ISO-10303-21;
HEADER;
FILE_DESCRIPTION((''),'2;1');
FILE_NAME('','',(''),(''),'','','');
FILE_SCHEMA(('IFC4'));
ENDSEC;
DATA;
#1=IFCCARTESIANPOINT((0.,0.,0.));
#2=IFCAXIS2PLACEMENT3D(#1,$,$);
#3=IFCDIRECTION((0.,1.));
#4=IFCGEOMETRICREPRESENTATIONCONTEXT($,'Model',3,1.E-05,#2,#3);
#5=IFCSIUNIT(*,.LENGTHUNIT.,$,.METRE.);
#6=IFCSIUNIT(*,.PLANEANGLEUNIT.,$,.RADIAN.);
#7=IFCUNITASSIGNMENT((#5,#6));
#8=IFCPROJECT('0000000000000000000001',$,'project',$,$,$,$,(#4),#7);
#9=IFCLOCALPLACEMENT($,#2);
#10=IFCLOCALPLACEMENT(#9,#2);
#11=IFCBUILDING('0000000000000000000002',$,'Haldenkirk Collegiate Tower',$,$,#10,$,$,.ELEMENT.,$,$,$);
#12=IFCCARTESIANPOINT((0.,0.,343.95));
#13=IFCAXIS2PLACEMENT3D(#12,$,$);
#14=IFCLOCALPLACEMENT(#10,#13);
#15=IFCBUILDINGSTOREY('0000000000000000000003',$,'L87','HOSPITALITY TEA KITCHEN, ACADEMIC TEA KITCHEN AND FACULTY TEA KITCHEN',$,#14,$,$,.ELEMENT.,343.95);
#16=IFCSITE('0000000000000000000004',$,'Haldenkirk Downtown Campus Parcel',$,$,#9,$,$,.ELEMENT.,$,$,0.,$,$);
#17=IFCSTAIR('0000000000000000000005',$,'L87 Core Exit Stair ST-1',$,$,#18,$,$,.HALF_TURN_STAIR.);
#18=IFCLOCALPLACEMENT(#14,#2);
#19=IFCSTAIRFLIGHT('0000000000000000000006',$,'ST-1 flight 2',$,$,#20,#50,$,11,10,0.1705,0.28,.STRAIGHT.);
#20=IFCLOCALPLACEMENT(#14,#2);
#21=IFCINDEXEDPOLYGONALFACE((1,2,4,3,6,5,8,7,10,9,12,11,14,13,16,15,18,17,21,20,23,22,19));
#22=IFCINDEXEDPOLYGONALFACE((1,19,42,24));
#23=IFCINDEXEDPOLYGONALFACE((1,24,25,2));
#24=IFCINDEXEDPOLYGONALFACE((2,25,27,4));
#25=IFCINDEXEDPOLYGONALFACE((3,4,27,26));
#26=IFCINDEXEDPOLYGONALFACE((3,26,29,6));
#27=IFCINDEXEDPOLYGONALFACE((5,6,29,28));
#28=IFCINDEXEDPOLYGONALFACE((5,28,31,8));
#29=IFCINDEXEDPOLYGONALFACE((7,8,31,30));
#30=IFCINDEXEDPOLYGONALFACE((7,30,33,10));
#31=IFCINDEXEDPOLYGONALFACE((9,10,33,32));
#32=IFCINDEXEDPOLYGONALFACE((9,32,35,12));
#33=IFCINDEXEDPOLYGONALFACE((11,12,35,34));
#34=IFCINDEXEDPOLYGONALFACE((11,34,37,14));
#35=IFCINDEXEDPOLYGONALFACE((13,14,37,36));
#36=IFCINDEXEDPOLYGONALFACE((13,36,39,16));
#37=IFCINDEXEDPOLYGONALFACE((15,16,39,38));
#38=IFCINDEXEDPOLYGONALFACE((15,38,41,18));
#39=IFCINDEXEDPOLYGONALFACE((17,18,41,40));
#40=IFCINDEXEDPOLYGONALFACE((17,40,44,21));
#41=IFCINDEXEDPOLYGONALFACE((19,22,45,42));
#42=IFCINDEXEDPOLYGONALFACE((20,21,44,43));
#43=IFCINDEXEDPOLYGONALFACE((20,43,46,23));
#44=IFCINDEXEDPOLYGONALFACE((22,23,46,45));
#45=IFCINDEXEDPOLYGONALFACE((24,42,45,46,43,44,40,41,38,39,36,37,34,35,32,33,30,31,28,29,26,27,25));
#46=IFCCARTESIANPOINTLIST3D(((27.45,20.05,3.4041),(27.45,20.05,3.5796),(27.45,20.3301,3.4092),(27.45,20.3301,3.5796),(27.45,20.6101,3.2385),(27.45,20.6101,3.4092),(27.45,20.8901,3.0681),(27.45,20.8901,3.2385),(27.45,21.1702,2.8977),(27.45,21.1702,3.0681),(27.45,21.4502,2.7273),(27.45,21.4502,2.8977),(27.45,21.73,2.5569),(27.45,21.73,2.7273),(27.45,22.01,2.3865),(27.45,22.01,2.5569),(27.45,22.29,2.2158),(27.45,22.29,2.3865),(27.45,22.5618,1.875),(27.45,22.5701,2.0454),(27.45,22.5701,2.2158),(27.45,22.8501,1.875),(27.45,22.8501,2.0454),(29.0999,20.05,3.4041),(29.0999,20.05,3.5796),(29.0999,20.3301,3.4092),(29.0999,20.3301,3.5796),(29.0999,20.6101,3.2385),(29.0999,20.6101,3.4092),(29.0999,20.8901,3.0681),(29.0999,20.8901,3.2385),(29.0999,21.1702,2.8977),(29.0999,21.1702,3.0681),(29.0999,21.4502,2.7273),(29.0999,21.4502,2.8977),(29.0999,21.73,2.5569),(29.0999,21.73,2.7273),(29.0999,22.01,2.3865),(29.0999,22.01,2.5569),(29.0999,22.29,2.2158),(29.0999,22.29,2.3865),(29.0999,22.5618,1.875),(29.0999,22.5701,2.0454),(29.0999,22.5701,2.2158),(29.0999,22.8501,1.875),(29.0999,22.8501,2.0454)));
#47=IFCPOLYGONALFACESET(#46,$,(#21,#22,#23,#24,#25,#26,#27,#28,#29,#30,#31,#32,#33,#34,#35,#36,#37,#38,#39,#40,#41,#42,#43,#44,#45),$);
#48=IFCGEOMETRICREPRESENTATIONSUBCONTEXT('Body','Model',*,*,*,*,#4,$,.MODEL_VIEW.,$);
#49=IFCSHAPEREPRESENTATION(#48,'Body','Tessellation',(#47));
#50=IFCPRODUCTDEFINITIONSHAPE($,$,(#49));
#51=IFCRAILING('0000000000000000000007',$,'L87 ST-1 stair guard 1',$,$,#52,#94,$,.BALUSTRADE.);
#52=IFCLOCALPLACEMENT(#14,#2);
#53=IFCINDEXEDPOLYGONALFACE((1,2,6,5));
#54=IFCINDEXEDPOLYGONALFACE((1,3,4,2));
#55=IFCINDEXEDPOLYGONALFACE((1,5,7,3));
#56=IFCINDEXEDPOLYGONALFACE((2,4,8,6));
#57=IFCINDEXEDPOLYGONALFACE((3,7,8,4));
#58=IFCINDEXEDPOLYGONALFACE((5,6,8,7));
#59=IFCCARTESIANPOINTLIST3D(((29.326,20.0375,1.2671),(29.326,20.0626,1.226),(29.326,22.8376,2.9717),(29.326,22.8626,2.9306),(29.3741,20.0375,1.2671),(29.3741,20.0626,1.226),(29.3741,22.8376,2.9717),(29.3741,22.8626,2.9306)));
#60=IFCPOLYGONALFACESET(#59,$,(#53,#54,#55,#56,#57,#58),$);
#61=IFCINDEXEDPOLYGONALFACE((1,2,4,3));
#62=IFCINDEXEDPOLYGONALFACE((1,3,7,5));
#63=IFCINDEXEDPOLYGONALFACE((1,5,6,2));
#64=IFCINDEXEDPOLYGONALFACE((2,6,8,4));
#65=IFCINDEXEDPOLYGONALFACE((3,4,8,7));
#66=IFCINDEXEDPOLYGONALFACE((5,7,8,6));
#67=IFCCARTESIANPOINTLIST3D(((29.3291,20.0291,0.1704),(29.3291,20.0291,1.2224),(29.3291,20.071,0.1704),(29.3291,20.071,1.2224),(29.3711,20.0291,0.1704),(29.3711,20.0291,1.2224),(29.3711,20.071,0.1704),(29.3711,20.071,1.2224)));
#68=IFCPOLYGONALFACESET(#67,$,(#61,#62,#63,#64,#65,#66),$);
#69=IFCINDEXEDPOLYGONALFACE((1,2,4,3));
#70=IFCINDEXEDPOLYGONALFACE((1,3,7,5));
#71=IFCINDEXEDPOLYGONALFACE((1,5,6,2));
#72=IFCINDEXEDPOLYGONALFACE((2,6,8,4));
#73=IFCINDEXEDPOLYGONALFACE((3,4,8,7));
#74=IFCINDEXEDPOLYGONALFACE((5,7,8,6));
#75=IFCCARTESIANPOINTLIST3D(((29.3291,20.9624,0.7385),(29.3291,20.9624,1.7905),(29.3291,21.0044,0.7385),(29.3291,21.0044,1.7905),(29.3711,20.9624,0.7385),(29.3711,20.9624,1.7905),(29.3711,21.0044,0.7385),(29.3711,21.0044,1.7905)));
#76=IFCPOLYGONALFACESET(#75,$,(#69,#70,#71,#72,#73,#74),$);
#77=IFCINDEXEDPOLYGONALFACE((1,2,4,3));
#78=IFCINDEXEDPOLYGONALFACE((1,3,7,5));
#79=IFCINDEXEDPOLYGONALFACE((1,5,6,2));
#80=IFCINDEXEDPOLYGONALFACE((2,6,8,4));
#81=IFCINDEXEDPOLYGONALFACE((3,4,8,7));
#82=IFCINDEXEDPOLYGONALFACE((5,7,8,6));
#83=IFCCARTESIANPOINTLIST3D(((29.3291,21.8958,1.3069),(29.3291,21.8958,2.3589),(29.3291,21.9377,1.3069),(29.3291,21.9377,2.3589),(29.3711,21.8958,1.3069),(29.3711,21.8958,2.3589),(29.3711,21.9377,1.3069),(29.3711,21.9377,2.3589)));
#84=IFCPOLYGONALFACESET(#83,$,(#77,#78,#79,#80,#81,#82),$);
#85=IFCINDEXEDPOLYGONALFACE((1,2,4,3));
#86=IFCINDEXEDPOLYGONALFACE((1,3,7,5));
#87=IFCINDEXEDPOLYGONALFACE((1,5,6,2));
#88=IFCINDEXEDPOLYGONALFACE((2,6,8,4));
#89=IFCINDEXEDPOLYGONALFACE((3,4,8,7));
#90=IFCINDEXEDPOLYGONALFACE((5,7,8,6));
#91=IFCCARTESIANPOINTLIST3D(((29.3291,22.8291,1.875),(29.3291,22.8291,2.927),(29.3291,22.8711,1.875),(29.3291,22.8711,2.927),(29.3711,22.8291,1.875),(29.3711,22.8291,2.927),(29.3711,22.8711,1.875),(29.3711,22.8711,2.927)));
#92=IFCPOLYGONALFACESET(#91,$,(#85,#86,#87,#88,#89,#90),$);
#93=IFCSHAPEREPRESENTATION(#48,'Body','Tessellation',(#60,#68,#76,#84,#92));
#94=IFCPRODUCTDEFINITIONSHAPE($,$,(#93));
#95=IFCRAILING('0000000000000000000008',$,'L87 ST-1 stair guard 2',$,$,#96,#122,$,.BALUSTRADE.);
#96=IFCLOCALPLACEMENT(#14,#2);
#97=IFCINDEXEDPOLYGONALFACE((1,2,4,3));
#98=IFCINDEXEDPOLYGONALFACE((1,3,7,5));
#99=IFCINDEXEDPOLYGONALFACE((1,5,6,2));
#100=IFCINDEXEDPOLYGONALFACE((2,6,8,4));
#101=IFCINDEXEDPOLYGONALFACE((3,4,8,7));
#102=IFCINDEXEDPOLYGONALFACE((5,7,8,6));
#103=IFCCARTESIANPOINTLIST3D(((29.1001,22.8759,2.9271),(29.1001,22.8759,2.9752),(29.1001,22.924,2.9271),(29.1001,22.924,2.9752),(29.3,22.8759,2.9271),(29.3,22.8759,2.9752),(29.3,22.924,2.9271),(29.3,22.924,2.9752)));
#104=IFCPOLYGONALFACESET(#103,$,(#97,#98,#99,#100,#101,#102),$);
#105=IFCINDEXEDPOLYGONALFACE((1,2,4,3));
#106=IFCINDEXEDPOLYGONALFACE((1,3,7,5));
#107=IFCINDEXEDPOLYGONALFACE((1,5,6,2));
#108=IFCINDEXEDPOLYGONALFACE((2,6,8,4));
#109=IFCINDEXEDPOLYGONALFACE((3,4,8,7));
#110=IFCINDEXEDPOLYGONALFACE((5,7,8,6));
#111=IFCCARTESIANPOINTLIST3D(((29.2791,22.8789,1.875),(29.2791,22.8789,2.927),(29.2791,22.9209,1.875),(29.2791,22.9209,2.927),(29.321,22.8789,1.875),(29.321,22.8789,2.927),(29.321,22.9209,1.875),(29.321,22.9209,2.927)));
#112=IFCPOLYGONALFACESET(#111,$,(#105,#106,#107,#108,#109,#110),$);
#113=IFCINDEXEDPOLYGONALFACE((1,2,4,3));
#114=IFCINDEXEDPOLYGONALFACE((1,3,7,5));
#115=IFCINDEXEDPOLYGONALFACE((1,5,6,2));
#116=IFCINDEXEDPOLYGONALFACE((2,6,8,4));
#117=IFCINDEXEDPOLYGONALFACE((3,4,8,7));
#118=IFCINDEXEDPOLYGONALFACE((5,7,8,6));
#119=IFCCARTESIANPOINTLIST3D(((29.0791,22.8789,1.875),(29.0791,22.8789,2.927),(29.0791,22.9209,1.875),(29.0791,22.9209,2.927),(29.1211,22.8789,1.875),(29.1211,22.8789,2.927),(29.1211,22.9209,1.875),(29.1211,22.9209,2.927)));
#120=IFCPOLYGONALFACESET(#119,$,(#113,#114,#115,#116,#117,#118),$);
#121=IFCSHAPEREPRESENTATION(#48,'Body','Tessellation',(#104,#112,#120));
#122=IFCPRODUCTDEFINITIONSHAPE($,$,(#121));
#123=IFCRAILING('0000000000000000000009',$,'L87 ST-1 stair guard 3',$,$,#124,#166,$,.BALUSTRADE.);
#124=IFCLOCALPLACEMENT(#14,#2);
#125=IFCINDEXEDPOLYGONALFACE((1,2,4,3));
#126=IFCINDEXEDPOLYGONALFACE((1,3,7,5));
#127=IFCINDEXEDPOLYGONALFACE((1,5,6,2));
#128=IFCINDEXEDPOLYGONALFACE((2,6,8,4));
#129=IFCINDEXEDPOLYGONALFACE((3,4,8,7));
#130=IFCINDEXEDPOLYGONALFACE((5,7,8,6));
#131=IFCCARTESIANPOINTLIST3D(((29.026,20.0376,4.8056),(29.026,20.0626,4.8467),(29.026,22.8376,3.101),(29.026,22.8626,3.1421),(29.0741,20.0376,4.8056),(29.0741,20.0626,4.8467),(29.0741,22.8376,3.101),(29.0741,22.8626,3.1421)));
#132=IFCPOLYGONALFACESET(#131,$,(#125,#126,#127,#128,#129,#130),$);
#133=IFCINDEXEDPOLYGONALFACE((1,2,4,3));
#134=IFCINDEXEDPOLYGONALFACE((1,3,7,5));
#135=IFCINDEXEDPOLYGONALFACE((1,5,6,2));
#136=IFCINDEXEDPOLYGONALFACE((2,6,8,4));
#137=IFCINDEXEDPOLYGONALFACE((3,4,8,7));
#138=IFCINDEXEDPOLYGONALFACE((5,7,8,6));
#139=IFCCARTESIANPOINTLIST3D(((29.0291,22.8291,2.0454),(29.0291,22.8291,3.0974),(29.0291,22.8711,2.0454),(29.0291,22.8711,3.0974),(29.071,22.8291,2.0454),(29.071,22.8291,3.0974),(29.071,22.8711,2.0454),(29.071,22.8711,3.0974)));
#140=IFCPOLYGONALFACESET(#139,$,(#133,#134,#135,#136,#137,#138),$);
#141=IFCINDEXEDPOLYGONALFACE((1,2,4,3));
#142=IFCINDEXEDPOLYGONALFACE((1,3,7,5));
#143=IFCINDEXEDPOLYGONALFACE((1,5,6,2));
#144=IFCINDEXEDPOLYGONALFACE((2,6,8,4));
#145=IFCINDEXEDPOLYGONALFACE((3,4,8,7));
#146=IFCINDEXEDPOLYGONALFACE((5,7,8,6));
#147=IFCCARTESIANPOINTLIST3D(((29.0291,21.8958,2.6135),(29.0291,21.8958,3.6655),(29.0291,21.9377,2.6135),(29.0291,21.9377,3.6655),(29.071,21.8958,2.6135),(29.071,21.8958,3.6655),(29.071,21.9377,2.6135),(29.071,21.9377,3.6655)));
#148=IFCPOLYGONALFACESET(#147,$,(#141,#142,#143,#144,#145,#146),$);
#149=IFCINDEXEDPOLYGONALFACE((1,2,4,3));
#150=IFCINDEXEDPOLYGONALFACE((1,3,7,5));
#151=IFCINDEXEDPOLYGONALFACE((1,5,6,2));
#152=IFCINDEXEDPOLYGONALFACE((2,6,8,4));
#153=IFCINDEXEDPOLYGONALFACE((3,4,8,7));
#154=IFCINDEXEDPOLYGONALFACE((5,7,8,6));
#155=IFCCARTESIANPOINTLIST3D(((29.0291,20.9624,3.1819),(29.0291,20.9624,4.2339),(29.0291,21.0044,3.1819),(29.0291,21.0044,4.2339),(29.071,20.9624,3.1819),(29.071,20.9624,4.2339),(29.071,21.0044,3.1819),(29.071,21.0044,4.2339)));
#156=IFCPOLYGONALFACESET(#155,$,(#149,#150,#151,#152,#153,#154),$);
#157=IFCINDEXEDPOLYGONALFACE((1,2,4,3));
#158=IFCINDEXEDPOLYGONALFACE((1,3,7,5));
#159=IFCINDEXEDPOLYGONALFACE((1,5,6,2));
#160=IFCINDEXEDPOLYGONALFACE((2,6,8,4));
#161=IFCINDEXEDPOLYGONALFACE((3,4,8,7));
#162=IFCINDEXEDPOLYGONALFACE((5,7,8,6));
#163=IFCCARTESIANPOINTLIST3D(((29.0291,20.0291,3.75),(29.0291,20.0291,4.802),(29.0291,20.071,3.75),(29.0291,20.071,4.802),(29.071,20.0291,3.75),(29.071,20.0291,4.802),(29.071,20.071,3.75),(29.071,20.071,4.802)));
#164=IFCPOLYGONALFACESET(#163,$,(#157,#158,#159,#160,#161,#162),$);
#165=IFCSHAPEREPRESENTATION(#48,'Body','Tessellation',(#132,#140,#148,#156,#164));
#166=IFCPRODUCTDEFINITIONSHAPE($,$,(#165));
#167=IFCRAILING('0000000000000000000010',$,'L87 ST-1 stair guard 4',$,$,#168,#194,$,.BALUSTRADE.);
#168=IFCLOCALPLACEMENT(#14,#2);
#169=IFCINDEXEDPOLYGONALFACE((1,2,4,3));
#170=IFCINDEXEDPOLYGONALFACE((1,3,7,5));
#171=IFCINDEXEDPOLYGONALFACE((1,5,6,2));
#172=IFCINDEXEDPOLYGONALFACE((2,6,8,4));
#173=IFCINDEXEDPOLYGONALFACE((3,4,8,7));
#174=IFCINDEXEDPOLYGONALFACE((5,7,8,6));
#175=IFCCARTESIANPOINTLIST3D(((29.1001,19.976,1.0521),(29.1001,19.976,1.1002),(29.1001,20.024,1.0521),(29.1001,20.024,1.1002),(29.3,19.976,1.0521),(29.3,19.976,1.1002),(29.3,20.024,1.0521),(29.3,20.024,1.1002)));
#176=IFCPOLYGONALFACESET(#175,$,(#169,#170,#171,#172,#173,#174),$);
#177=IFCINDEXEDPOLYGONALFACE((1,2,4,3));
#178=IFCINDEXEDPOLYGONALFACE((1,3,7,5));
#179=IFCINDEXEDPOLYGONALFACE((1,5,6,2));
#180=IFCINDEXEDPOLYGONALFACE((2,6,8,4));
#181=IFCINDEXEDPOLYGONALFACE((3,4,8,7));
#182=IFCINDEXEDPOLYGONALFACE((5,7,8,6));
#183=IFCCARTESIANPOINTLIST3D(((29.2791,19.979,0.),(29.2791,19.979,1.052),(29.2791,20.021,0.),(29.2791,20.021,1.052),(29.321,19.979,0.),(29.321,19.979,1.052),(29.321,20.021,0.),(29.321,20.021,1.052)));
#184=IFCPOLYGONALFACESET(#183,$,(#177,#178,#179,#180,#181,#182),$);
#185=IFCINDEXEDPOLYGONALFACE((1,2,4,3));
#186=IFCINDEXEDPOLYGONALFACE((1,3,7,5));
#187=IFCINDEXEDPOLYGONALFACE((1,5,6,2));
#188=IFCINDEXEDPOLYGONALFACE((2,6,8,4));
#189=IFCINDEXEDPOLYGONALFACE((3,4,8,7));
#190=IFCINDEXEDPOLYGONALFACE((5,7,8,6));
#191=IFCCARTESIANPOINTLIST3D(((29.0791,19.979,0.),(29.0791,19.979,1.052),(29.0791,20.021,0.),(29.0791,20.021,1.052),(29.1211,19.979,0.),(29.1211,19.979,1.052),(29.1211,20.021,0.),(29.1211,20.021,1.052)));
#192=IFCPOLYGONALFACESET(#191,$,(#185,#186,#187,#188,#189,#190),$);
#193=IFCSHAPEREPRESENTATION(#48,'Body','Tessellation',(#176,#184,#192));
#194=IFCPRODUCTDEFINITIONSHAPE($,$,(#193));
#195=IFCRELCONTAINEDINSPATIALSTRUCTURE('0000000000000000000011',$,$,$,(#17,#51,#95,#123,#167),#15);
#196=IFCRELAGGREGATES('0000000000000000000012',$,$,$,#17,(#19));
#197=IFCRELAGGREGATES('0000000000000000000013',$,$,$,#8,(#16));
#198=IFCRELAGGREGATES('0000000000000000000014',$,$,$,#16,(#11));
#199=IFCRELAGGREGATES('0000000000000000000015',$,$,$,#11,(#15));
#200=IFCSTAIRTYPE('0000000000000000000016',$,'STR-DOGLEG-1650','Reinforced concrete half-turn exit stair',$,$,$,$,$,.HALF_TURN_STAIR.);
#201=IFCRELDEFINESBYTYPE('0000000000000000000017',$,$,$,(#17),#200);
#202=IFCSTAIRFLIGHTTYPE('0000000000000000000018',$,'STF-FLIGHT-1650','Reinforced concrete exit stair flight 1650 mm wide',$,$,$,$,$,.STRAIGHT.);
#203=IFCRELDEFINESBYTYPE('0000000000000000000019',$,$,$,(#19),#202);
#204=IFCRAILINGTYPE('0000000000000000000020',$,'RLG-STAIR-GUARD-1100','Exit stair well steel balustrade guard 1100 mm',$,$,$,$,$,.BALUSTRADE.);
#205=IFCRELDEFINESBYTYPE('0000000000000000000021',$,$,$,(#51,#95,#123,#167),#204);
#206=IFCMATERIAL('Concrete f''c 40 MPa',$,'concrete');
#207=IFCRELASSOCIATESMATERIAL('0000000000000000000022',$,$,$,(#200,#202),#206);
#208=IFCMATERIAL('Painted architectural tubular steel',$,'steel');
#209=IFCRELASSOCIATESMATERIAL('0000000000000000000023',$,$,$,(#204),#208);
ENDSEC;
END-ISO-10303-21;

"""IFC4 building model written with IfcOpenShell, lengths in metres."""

from ifc_helpers import new_model, si_unit, direction, frame, origin, origin_2d, place, context, subcontext, project, spatial, polyline, rectangle, outline, extrude, material, type_object, element, aggregate, save


model = new_model("IFC4")

# Units and contexts
model_context = context("Model", 3, precision=1e-05, world=origin(), true_north=direction((0.0, 1.0)))
body_context = subcontext(model_context, "Body", "Model", "MODEL_VIEW")
ifc_project = project(units=[si_unit("LENGTHUNIT", "METRE"), si_unit("PLANEANGLEUNIT", "RADIAN")], contexts=[model_context])

# Site, building, storey
site_placement = place(None, origin())
site = spatial("IfcSite", under=ifc_project, at=site_placement, Name="Haldenkirk Downtown Campus Parcel", CompositionType="ELEMENT", RefElevation=0.0)
building_placement = place(site_placement, origin())
building = spatial("IfcBuilding", under=site, at=building_placement, Name="Haldenkirk Collegiate Tower", CompositionType="ELEMENT")
storey_placement = place(building_placement, frame((0.0, 0.0, 343.95)))
storey = spatial("IfcBuildingStorey", under=building, at=storey_placement, Name="L87", Description="HOSPITALITY TEA KITCHEN, ACADEMIC TEA KITCHEN AND FACULTY TEA KITCHEN", CompositionType="ELEMENT", Elevation=343.95)

# Stair, stair flight
ifc_material_1 = material(Name="Concrete f'c 40 MPa", Category="concrete")
stair_type = type_object("IfcStairType", Name="STR-DOGLEG-1650", Description="Reinforced concrete half-turn exit stair", PredefinedType="HALF_TURN_STAIR", material=ifc_material_1)
stair_placement = place(storey_placement, origin())
stair = element("IfcStair", 1, at=stair_placement, inside=storey, type_object=stair_type, Name="L87 Core Exit Stair ST-1", PredefinedType="HALF_TURN_STAIR")
stair_flight_type = type_object("IfcStairFlightType", Name="STF-FLIGHT-1650", Description="Reinforced concrete exit stair flight 1650 mm wide", PredefinedType="STRAIGHT", material=ifc_material_1)
stair_flight_1_placement = place(storey_placement, frame((28.2749, 22.8501, 1.875), z_axis=(0.0, 0.0, 1.0), x_axis=(0.0, -1.0, 0.0)))
stair_flight_1 = element("IfcStairFlight", 2, at=stair_flight_1_placement, type_object=stair_flight_type, Name="ST-1 flight 2", NumberOfRisers=11, NumberOfTreads=10, PredefinedType="STRAIGHT", RiserHeight=0.1705, TreadLength=0.28, context=body_context, shape_type="SweptSolid", body=[
    extrude(outline(polyline([(0.0, 0.0), (0.0, 0.1704), (0.28, 0.1704), (0.28, 0.3408), (0.5601, 0.3408), (0.5601, 0.5115), (0.8401, 0.5115), (0.8401, 0.6819), (1.1201, 0.6819), (1.1201, 0.8523), (1.3999, 0.8523), (1.3999, 1.0227), (1.6799, 1.0227), (1.6799, 1.1931), (1.96, 1.1931), (1.96, 1.3635), (2.24, 1.3635), (2.24, 1.5342), (2.52, 1.5342), (2.52, 1.7046), (2.8, 1.7046), (2.8, 1.875), (2.8, 1.5291), (0.2883, 0.0), (0.0, 0.0)])), frame((0.0, 0.825, 0.0), z_axis=(0.0, -1.0, 0.0), x_axis=(1.0, 0.0, 0.0)), (0.0, 0.0, 1.0), 1.6499),
])
aggregate(stair, [stair_flight_1])

# Railings
ifc_material_2 = material(Name="Painted architectural tubular steel", Category="steel")
railing_type_1 = type_object("IfcRailingType", Name="RLG-STAIR-GUARD-1100", Description="Exit stair well steel balustrade guard 1100 mm", PredefinedType="BALUSTRADE", material=ifc_material_2)
railing_1_placement = place(storey_placement, frame((29.3501, 20.05, 0.1704)))
element("IfcRailing", 3, at=railing_1_placement, inside=storey, type_object=railing_type_1, Name="L87 ST-1 stair guard 1", PredefinedType="BALUSTRADE", context=body_context, shape_type="SweptSolid", body=[
    extrude(rectangle(XDim=0.0481, YDim=0.0481, at=origin_2d()), frame((0.0, 0.0, 1.0762), z_axis=(0.0, 0.85417, 0.519994), x_axis=(-1.0, 0.0, 0.0)), (0.0, 0.0, 1.0), 3.2781),
    extrude(rectangle(XDim=0.042, YDim=0.042, at=origin_2d()), origin(), (0.0, 0.0, 1.0), 1.052),
    extrude(rectangle(XDim=0.042, YDim=0.042, at=origin_2d()), frame((0.0, 0.9333, 0.5681)), (0.0, 0.0, 1.0), 1.052),
    extrude(rectangle(XDim=0.042, YDim=0.042, at=origin_2d()), frame((0.0, 1.8667, 1.1365)), (0.0, 0.0, 1.0), 1.052),
    extrude(rectangle(XDim=0.042, YDim=0.042, at=origin_2d()), frame((0.0, 2.8, 1.7046)), (0.0, 0.0, 1.0), 1.052),
])
railing_2_placement = place(storey_placement, frame((29.3, 22.8999, 1.875)))
element("IfcRailing", 4, at=railing_2_placement, inside=storey, type_object=railing_type_1, Name="L87 ST-1 stair guard 2", PredefinedType="BALUSTRADE", context=body_context, shape_type="SweptSolid", body=[
    extrude(rectangle(XDim=0.0481, YDim=0.0481, at=origin_2d()), frame((0.0, 0.0, 1.0762), z_axis=(-1.0, 0.0, 0.0), x_axis=(0.0, -1.0, 0.0)), (0.0, 0.0, 1.0), 0.2),
    extrude(rectangle(XDim=0.042, YDim=0.042, at=origin_2d()), origin(), (0.0, 0.0, 1.0), 1.052),
    extrude(rectangle(XDim=0.042, YDim=0.042, at=origin_2d()), frame((-0.2, 0.0, 0.0)), (0.0, 0.0, 1.0), 1.052),
])
railing_3_placement = place(storey_placement, frame((29.05, 22.8501, 2.0454)))
element("IfcRailing", 5, at=railing_3_placement, inside=storey, type_object=railing_type_1, Name="L87 ST-1 stair guard 3", PredefinedType="BALUSTRADE", context=body_context, shape_type="SweptSolid", body=[
    extrude(rectangle(XDim=0.0481, YDim=0.0481, at=origin_2d()), frame((0.0, 0.0, 1.0762), z_axis=(0.0, -0.85417, 0.519994), x_axis=(1.0, 0.0, 0.0)), (0.0, 0.0, 1.0), 3.2781),
    extrude(rectangle(XDim=0.042, YDim=0.042, at=origin_2d()), origin(), (0.0, 0.0, 1.0), 1.052),
    extrude(rectangle(XDim=0.042, YDim=0.042, at=origin_2d()), frame((0.0, -0.9333, 0.5681)), (0.0, 0.0, 1.0), 1.052),
    extrude(rectangle(XDim=0.042, YDim=0.042, at=origin_2d()), frame((0.0, -1.8667, 1.1365)), (0.0, 0.0, 1.0), 1.052),
    extrude(rectangle(XDim=0.042, YDim=0.042, at=origin_2d()), frame((0.0, -2.8, 1.7046)), (0.0, 0.0, 1.0), 1.052),
])
railing_4_placement = place(storey_placement, frame((29.3, 20.0, 0.0)))
element("IfcRailing", 6, at=railing_4_placement, inside=storey, type_object=railing_type_1, Name="L87 ST-1 stair guard 4", PredefinedType="BALUSTRADE", context=body_context, shape_type="SweptSolid", body=[
    extrude(rectangle(XDim=0.0481, YDim=0.0481, at=origin_2d()), frame((0.0, 0.0, 1.0762), z_axis=(-1.0, 0.0, 0.0), x_axis=(0.0, -1.0, 0.0)), (0.0, 0.0, 1.0), 0.2),
    extrude(rectangle(XDim=0.042, YDim=0.042, at=origin_2d()), origin(), (0.0, 0.0, 1.0), 1.052),
    extrude(rectangle(XDim=0.042, YDim=0.042, at=origin_2d()), frame((-0.2, 0.0, 0.0)), (0.0, 0.0, 1.0), 1.052),
])

save(model, "model.ifc")
